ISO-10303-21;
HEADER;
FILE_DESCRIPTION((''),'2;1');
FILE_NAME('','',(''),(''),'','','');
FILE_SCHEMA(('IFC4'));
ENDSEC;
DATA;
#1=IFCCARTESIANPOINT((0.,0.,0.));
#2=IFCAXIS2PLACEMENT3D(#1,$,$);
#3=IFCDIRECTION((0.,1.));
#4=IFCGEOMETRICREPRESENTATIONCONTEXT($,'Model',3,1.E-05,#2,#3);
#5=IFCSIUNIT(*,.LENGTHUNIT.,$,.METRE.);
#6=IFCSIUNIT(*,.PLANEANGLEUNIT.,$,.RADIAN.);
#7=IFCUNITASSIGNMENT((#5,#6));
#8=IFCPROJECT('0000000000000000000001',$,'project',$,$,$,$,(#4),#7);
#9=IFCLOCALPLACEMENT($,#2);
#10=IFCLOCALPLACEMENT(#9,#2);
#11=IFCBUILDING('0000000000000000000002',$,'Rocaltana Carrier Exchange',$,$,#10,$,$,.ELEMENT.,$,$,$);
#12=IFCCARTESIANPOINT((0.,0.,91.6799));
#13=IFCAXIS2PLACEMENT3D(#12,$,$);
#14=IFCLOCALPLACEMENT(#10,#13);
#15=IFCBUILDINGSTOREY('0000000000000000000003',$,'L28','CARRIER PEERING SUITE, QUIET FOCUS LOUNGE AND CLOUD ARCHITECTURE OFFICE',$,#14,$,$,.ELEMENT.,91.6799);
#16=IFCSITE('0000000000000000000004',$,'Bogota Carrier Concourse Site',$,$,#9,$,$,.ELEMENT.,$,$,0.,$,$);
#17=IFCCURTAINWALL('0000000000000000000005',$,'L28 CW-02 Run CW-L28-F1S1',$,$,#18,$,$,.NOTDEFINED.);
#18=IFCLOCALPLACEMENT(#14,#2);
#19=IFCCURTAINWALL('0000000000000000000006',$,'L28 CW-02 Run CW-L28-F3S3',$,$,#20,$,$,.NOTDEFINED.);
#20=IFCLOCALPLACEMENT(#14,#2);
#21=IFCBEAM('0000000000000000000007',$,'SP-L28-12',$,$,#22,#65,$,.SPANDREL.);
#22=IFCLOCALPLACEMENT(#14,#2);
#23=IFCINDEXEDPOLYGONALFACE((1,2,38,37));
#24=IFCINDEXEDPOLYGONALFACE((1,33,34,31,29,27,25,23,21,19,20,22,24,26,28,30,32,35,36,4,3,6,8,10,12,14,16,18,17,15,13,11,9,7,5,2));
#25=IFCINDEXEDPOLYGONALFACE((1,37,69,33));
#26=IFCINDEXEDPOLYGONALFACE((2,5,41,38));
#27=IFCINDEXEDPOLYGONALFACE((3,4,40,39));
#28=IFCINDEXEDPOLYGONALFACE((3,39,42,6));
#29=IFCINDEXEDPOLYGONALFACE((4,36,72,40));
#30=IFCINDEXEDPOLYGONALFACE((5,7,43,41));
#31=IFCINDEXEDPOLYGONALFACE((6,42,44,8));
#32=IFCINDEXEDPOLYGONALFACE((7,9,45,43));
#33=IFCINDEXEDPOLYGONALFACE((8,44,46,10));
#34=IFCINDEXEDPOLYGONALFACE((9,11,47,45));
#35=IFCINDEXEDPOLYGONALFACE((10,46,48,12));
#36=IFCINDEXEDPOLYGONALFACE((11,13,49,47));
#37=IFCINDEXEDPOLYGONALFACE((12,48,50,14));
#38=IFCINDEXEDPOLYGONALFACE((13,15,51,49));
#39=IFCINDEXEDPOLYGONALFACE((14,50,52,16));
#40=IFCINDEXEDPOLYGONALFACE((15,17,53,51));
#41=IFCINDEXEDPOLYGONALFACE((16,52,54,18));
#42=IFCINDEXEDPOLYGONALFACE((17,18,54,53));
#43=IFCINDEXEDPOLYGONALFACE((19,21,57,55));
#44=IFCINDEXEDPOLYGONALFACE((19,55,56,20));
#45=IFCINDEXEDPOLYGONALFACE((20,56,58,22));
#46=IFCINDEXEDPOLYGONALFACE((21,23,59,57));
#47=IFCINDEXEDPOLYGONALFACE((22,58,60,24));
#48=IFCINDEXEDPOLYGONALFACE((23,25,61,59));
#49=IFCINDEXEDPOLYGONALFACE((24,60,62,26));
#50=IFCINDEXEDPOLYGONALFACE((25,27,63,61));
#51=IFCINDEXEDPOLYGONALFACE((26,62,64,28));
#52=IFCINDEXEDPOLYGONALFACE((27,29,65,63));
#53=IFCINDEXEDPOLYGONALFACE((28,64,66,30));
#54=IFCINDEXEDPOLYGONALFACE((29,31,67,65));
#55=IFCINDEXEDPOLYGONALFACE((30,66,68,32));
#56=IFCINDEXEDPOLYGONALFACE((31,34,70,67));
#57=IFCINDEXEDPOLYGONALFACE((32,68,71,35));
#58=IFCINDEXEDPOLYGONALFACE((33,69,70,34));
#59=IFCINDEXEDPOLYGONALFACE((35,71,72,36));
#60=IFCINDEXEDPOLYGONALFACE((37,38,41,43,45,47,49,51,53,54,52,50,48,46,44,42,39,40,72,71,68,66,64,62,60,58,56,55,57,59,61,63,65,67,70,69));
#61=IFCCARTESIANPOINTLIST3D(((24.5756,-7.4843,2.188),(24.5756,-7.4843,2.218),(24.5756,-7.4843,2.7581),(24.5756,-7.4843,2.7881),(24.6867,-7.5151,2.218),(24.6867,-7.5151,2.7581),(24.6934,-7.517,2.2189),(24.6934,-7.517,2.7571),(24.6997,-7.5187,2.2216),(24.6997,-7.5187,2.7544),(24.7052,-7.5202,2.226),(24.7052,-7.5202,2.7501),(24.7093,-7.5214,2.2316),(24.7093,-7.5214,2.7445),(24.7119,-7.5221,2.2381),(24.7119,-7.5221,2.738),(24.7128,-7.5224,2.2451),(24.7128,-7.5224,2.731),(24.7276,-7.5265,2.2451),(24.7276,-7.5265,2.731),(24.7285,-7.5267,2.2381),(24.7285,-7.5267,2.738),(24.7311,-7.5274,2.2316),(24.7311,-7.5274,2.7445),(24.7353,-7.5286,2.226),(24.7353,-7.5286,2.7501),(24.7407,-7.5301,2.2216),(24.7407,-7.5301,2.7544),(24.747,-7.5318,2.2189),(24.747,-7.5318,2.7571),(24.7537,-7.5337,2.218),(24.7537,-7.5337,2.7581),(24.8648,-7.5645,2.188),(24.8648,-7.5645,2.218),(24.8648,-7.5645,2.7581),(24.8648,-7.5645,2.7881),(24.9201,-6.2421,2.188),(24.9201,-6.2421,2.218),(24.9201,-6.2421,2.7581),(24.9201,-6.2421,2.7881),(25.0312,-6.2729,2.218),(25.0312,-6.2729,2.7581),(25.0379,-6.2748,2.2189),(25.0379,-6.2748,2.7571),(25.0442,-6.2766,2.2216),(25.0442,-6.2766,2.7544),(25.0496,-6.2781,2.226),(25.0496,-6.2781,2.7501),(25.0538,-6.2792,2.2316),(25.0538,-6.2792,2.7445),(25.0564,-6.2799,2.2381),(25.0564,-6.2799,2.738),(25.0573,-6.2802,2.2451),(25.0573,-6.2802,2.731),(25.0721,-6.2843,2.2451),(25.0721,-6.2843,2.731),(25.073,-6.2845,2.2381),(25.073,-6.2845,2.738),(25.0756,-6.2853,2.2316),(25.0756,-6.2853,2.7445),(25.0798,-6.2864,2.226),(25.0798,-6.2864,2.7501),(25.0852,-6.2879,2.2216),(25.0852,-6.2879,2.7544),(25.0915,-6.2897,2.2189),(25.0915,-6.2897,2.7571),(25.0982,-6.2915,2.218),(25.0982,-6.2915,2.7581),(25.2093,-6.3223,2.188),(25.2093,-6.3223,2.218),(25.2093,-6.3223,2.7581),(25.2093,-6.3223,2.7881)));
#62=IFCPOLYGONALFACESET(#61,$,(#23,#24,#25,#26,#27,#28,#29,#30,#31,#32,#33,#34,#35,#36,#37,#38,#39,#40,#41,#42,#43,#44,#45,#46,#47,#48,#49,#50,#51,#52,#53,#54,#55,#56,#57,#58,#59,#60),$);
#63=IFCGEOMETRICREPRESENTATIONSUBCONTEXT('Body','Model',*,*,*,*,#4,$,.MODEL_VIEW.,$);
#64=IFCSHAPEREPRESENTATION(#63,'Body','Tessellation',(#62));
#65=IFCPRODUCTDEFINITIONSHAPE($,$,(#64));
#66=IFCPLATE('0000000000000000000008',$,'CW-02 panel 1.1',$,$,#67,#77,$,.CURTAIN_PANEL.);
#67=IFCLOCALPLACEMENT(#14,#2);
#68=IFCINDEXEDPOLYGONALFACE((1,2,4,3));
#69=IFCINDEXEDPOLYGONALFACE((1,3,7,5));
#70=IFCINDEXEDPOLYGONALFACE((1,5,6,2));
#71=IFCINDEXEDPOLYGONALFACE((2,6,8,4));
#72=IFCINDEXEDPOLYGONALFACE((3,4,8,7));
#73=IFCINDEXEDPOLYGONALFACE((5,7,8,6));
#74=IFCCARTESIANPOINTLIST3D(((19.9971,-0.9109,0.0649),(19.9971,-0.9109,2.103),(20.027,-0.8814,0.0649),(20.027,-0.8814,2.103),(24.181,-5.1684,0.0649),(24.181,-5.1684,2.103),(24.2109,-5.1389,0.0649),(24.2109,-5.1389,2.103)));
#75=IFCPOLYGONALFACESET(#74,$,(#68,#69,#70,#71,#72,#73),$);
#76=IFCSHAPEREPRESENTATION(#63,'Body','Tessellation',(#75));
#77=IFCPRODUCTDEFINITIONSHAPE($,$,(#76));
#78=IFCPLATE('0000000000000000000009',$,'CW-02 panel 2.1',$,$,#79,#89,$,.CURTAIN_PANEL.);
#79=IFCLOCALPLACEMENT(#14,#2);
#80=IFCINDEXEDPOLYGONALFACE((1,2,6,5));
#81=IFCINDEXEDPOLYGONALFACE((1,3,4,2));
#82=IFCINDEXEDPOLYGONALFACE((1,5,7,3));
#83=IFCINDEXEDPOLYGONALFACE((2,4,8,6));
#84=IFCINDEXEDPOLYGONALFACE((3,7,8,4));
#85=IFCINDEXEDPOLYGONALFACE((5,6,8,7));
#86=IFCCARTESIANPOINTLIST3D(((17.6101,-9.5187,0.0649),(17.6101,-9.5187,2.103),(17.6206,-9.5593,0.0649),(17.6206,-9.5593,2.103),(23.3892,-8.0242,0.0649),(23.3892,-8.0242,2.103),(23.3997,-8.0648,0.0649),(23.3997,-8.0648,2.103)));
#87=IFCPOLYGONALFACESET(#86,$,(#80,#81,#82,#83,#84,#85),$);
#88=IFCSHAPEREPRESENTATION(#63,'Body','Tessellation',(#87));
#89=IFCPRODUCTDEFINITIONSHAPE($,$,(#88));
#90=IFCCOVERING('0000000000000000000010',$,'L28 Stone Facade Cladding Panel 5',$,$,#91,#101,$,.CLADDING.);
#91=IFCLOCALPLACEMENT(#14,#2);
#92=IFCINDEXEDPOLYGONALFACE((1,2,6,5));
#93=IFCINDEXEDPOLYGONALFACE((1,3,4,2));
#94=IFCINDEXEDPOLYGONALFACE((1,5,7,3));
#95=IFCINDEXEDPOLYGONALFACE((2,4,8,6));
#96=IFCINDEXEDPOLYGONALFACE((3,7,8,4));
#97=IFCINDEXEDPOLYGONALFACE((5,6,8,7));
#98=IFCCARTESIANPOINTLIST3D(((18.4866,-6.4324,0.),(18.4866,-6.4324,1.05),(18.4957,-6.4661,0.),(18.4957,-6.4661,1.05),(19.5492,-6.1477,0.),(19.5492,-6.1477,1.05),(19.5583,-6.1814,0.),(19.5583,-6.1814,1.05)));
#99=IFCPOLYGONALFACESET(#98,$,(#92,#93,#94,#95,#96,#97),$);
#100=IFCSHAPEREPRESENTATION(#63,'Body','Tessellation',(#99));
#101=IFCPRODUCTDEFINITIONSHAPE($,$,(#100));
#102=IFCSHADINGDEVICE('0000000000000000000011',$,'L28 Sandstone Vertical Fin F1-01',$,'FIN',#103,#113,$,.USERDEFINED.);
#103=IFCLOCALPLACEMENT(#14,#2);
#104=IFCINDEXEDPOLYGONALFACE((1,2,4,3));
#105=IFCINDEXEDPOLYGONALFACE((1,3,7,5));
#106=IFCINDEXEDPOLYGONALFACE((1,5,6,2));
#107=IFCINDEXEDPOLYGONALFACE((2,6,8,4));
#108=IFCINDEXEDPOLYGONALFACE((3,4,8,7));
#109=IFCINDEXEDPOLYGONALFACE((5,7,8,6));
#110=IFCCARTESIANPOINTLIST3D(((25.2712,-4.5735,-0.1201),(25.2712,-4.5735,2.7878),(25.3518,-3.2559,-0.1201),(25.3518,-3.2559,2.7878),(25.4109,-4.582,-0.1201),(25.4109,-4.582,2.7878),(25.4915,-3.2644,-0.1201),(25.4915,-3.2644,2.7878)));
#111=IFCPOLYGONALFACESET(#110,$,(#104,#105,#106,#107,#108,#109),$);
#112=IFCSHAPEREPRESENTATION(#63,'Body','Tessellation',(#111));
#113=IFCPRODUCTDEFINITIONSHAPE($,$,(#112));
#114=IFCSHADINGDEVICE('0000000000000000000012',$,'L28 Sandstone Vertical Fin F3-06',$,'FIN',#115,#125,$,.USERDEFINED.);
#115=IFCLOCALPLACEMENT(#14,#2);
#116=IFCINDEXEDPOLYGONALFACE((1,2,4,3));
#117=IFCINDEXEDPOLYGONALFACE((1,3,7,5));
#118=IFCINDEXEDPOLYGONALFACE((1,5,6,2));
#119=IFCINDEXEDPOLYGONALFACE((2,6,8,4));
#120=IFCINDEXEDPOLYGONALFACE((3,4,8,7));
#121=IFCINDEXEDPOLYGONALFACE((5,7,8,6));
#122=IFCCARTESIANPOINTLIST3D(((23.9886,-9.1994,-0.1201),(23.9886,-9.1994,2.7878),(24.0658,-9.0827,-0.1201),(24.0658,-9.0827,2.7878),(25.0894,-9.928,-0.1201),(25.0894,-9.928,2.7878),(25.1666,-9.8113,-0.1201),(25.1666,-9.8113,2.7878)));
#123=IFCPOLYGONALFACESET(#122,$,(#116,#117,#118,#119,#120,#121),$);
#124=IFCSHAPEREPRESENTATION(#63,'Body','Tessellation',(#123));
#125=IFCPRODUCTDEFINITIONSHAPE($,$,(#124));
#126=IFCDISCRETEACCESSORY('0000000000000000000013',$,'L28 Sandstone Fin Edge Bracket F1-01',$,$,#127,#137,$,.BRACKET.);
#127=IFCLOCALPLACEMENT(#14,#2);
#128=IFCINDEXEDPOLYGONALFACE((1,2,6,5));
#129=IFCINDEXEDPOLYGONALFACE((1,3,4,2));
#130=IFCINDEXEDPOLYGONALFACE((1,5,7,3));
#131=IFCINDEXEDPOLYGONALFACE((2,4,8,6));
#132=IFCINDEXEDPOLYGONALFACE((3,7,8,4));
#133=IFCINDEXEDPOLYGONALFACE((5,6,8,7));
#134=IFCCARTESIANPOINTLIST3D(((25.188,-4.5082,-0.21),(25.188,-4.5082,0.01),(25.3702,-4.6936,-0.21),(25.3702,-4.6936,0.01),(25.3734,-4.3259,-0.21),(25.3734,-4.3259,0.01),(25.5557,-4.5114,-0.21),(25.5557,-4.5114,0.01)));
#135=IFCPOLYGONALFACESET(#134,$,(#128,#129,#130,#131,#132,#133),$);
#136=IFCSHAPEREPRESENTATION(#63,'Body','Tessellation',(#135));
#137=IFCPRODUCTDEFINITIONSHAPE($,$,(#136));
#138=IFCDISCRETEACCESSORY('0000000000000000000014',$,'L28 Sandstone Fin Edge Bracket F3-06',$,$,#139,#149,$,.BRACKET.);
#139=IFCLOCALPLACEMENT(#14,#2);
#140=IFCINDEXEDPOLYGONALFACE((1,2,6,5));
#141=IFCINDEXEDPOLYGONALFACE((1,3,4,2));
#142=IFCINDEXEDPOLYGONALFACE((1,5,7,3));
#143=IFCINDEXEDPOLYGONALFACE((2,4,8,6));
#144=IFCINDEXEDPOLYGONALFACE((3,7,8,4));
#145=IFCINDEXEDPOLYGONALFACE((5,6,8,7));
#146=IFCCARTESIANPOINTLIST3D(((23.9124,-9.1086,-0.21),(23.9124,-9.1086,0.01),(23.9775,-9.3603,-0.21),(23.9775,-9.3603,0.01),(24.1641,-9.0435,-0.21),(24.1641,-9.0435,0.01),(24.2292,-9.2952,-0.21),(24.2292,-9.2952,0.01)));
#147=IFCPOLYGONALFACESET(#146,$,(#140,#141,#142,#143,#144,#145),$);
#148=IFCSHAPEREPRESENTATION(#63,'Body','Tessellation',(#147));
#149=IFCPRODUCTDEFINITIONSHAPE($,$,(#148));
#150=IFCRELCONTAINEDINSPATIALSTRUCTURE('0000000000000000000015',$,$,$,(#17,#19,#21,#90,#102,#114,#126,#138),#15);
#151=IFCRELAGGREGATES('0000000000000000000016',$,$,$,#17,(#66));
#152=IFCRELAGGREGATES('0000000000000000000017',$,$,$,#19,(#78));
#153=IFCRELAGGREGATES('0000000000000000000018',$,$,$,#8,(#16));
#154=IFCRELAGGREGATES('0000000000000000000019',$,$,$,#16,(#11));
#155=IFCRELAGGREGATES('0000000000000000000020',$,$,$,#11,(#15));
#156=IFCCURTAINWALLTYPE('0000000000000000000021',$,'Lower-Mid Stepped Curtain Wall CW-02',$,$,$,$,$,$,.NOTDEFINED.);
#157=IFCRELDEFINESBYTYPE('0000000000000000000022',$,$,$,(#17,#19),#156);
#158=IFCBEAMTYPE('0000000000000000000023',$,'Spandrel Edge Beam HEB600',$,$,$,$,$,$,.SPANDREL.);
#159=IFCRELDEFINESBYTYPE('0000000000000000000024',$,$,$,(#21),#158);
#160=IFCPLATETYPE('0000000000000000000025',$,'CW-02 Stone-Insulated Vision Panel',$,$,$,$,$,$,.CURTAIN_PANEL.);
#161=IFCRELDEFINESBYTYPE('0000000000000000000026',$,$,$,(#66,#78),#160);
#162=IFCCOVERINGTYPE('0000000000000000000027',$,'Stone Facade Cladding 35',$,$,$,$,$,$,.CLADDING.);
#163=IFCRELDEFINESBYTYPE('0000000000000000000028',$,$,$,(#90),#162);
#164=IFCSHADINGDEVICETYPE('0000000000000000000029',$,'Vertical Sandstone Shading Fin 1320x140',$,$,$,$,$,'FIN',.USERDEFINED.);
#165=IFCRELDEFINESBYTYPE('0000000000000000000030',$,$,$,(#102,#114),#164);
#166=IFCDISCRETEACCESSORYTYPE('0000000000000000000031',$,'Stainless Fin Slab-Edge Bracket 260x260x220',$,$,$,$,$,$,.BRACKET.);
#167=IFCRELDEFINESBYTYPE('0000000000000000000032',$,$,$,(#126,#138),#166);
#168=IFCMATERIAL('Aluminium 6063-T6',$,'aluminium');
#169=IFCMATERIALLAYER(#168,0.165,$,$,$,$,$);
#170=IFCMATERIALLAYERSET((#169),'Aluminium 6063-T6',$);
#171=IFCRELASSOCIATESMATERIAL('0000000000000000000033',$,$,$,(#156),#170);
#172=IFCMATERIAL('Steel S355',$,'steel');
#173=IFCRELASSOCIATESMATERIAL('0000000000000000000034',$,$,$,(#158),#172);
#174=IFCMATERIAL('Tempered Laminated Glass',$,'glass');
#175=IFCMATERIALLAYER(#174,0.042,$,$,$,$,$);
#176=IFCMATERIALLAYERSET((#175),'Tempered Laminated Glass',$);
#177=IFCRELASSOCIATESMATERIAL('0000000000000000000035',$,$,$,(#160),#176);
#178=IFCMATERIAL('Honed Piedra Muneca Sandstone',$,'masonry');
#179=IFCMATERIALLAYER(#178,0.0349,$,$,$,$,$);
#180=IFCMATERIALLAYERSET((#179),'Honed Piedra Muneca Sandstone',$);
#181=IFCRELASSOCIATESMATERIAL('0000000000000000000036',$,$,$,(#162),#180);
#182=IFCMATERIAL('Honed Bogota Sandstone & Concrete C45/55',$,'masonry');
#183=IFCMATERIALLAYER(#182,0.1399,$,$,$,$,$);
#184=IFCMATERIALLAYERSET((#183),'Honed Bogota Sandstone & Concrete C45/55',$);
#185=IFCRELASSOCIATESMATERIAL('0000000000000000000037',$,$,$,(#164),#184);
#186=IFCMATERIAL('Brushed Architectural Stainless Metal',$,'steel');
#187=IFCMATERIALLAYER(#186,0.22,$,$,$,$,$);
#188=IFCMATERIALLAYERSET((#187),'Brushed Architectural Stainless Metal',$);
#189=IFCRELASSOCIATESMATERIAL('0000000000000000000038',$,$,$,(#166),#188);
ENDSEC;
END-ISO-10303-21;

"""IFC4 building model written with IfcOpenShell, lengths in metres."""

from ifc_helpers import new_model, si_unit, direction, frame, origin, origin_2d, place, context, subcontext, project, spatial, rectangle, i_section, extrude, material, layer, layer_set, material_profile, profile_set, type_object, element, aggregate, save


model = new_model("IFC4")

# Units and contexts
model_context = context("Model", 3, precision=1e-05, world=origin(), true_north=direction((0.0, 1.0)))
body_context = subcontext(model_context, "Body", "Model", "MODEL_VIEW")
ifc_project = project(units=[si_unit("LENGTHUNIT", "METRE"), si_unit("PLANEANGLEUNIT", "RADIAN")], contexts=[model_context])

# Site, building, storey
site_placement = place(None, origin())
site = spatial("IfcSite", under=ifc_project, at=site_placement, Name="Bogota Carrier Concourse Site", CompositionType="ELEMENT", RefElevation=0.0)
building_placement = place(site_placement, origin())
building = spatial("IfcBuilding", under=site, at=building_placement, Name="Rocaltana Carrier Exchange", CompositionType="ELEMENT")
storey_placement = place(building_placement, frame((0.0, 0.0, 91.6799)))
storey = spatial("IfcBuildingStorey", under=building, at=storey_placement, Name="L28", Description="CARRIER PEERING SUITE, QUIET FOCUS LOUNGE AND CLOUD ARCHITECTURE OFFICE", CompositionType="ELEMENT", Elevation=91.6799)

# Curtain wall
ifc_material_1 = material(Name="Aluminium 6063-T6", Category="aluminium")
ifc_layer_1 = layer(ifc_material_1, 0.165)
ifc_layer_set_1 = layer_set([ifc_layer_1], Name="Aluminium 6063-T6")
curtain_wall_type = type_object("IfcCurtainWallType", Name="Lower-Mid Stepped Curtain Wall CW-02", PredefinedType="NOTDEFINED", material=ifc_layer_set_1)
curtain_wall_1_placement = place(storey_placement, origin())
curtain_wall_1 = element("IfcCurtainWall", 1, at=curtain_wall_1_placement, inside=storey, type_object=curtain_wall_type, Name="L28 CW-02 Run CW-L28-F1S1", PredefinedType="NOTDEFINED")

# Curtain wall
curtain_wall_2_placement = place(storey_placement, origin())
curtain_wall_2 = element("IfcCurtainWall", 2, at=curtain_wall_2_placement, inside=storey, type_object=curtain_wall_type, Name="L28 CW-02 Run CW-L28-F3S3", PredefinedType="NOTDEFINED")

# Beam
ifc_material_2 = material(Name="Steel S355", Category="steel")
ifc_material_profile_1 = material_profile(ifc_material_2, i_section(OverallWidth=0.3, OverallDepth=0.6001, WebThickness=0.0154, FlangeThickness=0.03, FilletRadius=0.0271, at=origin_2d()), Name="HEB600")
ifc_profile_set_1 = profile_set([ifc_material_profile_1], Name="Steel S355")
beam_type_1 = type_object("IfcBeamType", Name="Spandrel Edge Beam HEB600", PredefinedType="SPANDREL", material=ifc_profile_set_1)
beam_1_placement = place(storey_placement, frame((24.7202, -7.5244, 2.488), z_axis=(0.267234, 0.963632, 0.0), x_axis=(-0.963632, 0.267234, 0.0)))
element("IfcBeam", 3, at=beam_1_placement, inside=storey, type_object=beam_type_1, Name="SP-L28-12", PredefinedType="SPANDREL", context=body_context, shape_type="SweptSolid", body=[
    extrude(i_section(OverallWidth=0.3, OverallDepth=0.6001, WebThickness=0.0154, FlangeThickness=0.03, FilletRadius=0.0271, at=origin_2d()), origin(), (0.0, 0.0, 1.0), 1.2891),
])

# Plates
ifc_material_3 = material(Name="Tempered Laminated Glass", Category="glass")
ifc_layer_2 = layer(ifc_material_3, 0.042)
ifc_layer_set_2 = layer_set([ifc_layer_2], Name="Tempered Laminated Glass")
plate_type = type_object("IfcPlateType", Name="CW-02 Stone-Insulated Vision Panel", PredefinedType="CURTAIN_PANEL", material=ifc_layer_set_2)
plate_1_placement = place(storey_placement, frame((22.104, -3.0249, 0.0649), z_axis=(0.0, 0.0, 1.0), x_axis=(-0.700915, 0.713245, 0.0)))
plate_1 = element("IfcPlate", 4, at=plate_1_placement, type_object=plate_type, Name="CW-02 panel 1.1", PredefinedType="CURTAIN_PANEL", context=body_context, shape_type="SweptSolid", body=[
    extrude(rectangle(XDim=5.9692, YDim=0.042, at=origin_2d()), origin(), (0.0, 0.0, 1.0), 2.0381),
])
aggregate(curtain_wall_1, [plate_1])
plate_2_placement = place(storey_placement, frame((20.5049, -8.7917, 0.0649), z_axis=(0.0, 0.0, 1.0), x_axis=(0.96815, 0.25037, 0.0)))
plate_2 = element("IfcPlate", 5, at=plate_2_placement, type_object=plate_type, Name="CW-02 panel 2.1", PredefinedType="CURTAIN_PANEL", context=body_context, shape_type="SweptSolid", body=[
    extrude(rectangle(XDim=5.9692, YDim=0.042, at=origin_2d()), origin(), (0.0, 0.0, 1.0), 2.0381),
])
aggregate(curtain_wall_2, [plate_2])

# Covering
ifc_material_4 = material(Name="Honed Piedra Muneca Sandstone", Category="masonry")
ifc_layer_3 = layer(ifc_material_4, 0.0349)
ifc_layer_set_3 = layer_set([ifc_layer_3], Name="Honed Piedra Muneca Sandstone")
covering_type = type_object("IfcCoveringType", Name="Stone Facade Cladding 35", PredefinedType="CLADDING", material=ifc_layer_set_3)
covering_placement = place(storey_placement, frame((19.0225, -6.3069, 0.0), z_axis=(0.0, 0.0, 1.0), x_axis=(0.965926, 0.258819, 0.0)))
element("IfcCovering", 6, at=covering_placement, inside=storey, type_object=covering_type, Name="L28 Stone Facade Cladding Panel 5", PredefinedType="CLADDING", context=body_context, shape_type="SweptSolid", body=[
    extrude(rectangle(XDim=1.1001, YDim=0.0349, at=origin_2d()), origin(), (0.0, 0.0, 1.0), 1.05),
])

# Shading devices
ifc_material_5 = material(Name="Honed Bogota Sandstone & Concrete C45/55", Category="masonry")
ifc_layer_4 = layer(ifc_material_5, 0.1399)
ifc_layer_set_4 = layer_set([ifc_layer_4], Name="Honed Bogota Sandstone & Concrete C45/55")
shading_device_type = type_object("IfcShadingDeviceType", Name="Vertical Sandstone Shading Fin 1320x140", ElementType="FIN", PredefinedType="USERDEFINED", material=ifc_layer_set_4)
for number, where, z_axis, x_axis, name in (
    (7, (25.3813, -3.9189, -0.1201), (0.0, 0.0, 1.0), (0.061049, 0.998135, 0.0), "L28 Sandstone Vertical Fin F1-01"),
    (8, (24.5776, -9.5054, -0.1201), (0.0, 0.0, 1.0), (0.833886, -0.551937, 0.0), "L28 Sandstone Vertical Fin F3-06"),
):
    element("IfcShadingDevice", number, at=place(storey_placement, frame(where, z_axis=z_axis, x_axis=x_axis)), inside=storey, type_object=shading_device_type, Name=name, ObjectType="FIN", PredefinedType="USERDEFINED", context=body_context, shape_type="SweptSolid", body=[
        extrude(rectangle(XDim=1.3201, YDim=0.1399, at=origin_2d()), origin(), (0.0, 0.0, 1.0), 2.908),
    ])

# Discrete accessories
ifc_material_6 = material(Name="Brushed Architectural Stainless Metal", Category="steel")
ifc_layer_5 = layer(ifc_material_6, 0.22)
ifc_layer_set_5 = layer_set([ifc_layer_5], Name="Brushed Architectural Stainless Metal")
discrete_accessory_type = type_object("IfcDiscreteAccessoryType", Name="Stainless Fin Slab-Edge Bracket 260x260x220", PredefinedType="BRACKET", material=ifc_layer_set_5)
for number, where, z_axis, x_axis, name in (
    (9, (25.3718, -4.5098, -0.21), (0.0, 0.0, 1.0), (-0.700909, 0.71325, 0.0), "L28 Sandstone Fin Edge Bracket F1-01"),
    (10, (24.0708, -9.2019, -0.21), (0.0, 0.0, 1.0), (0.968148, 0.25038, 0.0), "L28 Sandstone Fin Edge Bracket F3-06"),
):
    element("IfcDiscreteAccessory", number, at=place(storey_placement, frame(where, z_axis=z_axis, x_axis=x_axis)), inside=storey, type_object=discrete_accessory_type, Name=name, PredefinedType="BRACKET", context=body_context, shape_type="SweptSolid", body=[
        extrude(rectangle(XDim=0.26, YDim=0.26, at=origin_2d()), origin(), (0.0, 0.0, 1.0), 0.22),
    ])

save(model, "model.ifc")
